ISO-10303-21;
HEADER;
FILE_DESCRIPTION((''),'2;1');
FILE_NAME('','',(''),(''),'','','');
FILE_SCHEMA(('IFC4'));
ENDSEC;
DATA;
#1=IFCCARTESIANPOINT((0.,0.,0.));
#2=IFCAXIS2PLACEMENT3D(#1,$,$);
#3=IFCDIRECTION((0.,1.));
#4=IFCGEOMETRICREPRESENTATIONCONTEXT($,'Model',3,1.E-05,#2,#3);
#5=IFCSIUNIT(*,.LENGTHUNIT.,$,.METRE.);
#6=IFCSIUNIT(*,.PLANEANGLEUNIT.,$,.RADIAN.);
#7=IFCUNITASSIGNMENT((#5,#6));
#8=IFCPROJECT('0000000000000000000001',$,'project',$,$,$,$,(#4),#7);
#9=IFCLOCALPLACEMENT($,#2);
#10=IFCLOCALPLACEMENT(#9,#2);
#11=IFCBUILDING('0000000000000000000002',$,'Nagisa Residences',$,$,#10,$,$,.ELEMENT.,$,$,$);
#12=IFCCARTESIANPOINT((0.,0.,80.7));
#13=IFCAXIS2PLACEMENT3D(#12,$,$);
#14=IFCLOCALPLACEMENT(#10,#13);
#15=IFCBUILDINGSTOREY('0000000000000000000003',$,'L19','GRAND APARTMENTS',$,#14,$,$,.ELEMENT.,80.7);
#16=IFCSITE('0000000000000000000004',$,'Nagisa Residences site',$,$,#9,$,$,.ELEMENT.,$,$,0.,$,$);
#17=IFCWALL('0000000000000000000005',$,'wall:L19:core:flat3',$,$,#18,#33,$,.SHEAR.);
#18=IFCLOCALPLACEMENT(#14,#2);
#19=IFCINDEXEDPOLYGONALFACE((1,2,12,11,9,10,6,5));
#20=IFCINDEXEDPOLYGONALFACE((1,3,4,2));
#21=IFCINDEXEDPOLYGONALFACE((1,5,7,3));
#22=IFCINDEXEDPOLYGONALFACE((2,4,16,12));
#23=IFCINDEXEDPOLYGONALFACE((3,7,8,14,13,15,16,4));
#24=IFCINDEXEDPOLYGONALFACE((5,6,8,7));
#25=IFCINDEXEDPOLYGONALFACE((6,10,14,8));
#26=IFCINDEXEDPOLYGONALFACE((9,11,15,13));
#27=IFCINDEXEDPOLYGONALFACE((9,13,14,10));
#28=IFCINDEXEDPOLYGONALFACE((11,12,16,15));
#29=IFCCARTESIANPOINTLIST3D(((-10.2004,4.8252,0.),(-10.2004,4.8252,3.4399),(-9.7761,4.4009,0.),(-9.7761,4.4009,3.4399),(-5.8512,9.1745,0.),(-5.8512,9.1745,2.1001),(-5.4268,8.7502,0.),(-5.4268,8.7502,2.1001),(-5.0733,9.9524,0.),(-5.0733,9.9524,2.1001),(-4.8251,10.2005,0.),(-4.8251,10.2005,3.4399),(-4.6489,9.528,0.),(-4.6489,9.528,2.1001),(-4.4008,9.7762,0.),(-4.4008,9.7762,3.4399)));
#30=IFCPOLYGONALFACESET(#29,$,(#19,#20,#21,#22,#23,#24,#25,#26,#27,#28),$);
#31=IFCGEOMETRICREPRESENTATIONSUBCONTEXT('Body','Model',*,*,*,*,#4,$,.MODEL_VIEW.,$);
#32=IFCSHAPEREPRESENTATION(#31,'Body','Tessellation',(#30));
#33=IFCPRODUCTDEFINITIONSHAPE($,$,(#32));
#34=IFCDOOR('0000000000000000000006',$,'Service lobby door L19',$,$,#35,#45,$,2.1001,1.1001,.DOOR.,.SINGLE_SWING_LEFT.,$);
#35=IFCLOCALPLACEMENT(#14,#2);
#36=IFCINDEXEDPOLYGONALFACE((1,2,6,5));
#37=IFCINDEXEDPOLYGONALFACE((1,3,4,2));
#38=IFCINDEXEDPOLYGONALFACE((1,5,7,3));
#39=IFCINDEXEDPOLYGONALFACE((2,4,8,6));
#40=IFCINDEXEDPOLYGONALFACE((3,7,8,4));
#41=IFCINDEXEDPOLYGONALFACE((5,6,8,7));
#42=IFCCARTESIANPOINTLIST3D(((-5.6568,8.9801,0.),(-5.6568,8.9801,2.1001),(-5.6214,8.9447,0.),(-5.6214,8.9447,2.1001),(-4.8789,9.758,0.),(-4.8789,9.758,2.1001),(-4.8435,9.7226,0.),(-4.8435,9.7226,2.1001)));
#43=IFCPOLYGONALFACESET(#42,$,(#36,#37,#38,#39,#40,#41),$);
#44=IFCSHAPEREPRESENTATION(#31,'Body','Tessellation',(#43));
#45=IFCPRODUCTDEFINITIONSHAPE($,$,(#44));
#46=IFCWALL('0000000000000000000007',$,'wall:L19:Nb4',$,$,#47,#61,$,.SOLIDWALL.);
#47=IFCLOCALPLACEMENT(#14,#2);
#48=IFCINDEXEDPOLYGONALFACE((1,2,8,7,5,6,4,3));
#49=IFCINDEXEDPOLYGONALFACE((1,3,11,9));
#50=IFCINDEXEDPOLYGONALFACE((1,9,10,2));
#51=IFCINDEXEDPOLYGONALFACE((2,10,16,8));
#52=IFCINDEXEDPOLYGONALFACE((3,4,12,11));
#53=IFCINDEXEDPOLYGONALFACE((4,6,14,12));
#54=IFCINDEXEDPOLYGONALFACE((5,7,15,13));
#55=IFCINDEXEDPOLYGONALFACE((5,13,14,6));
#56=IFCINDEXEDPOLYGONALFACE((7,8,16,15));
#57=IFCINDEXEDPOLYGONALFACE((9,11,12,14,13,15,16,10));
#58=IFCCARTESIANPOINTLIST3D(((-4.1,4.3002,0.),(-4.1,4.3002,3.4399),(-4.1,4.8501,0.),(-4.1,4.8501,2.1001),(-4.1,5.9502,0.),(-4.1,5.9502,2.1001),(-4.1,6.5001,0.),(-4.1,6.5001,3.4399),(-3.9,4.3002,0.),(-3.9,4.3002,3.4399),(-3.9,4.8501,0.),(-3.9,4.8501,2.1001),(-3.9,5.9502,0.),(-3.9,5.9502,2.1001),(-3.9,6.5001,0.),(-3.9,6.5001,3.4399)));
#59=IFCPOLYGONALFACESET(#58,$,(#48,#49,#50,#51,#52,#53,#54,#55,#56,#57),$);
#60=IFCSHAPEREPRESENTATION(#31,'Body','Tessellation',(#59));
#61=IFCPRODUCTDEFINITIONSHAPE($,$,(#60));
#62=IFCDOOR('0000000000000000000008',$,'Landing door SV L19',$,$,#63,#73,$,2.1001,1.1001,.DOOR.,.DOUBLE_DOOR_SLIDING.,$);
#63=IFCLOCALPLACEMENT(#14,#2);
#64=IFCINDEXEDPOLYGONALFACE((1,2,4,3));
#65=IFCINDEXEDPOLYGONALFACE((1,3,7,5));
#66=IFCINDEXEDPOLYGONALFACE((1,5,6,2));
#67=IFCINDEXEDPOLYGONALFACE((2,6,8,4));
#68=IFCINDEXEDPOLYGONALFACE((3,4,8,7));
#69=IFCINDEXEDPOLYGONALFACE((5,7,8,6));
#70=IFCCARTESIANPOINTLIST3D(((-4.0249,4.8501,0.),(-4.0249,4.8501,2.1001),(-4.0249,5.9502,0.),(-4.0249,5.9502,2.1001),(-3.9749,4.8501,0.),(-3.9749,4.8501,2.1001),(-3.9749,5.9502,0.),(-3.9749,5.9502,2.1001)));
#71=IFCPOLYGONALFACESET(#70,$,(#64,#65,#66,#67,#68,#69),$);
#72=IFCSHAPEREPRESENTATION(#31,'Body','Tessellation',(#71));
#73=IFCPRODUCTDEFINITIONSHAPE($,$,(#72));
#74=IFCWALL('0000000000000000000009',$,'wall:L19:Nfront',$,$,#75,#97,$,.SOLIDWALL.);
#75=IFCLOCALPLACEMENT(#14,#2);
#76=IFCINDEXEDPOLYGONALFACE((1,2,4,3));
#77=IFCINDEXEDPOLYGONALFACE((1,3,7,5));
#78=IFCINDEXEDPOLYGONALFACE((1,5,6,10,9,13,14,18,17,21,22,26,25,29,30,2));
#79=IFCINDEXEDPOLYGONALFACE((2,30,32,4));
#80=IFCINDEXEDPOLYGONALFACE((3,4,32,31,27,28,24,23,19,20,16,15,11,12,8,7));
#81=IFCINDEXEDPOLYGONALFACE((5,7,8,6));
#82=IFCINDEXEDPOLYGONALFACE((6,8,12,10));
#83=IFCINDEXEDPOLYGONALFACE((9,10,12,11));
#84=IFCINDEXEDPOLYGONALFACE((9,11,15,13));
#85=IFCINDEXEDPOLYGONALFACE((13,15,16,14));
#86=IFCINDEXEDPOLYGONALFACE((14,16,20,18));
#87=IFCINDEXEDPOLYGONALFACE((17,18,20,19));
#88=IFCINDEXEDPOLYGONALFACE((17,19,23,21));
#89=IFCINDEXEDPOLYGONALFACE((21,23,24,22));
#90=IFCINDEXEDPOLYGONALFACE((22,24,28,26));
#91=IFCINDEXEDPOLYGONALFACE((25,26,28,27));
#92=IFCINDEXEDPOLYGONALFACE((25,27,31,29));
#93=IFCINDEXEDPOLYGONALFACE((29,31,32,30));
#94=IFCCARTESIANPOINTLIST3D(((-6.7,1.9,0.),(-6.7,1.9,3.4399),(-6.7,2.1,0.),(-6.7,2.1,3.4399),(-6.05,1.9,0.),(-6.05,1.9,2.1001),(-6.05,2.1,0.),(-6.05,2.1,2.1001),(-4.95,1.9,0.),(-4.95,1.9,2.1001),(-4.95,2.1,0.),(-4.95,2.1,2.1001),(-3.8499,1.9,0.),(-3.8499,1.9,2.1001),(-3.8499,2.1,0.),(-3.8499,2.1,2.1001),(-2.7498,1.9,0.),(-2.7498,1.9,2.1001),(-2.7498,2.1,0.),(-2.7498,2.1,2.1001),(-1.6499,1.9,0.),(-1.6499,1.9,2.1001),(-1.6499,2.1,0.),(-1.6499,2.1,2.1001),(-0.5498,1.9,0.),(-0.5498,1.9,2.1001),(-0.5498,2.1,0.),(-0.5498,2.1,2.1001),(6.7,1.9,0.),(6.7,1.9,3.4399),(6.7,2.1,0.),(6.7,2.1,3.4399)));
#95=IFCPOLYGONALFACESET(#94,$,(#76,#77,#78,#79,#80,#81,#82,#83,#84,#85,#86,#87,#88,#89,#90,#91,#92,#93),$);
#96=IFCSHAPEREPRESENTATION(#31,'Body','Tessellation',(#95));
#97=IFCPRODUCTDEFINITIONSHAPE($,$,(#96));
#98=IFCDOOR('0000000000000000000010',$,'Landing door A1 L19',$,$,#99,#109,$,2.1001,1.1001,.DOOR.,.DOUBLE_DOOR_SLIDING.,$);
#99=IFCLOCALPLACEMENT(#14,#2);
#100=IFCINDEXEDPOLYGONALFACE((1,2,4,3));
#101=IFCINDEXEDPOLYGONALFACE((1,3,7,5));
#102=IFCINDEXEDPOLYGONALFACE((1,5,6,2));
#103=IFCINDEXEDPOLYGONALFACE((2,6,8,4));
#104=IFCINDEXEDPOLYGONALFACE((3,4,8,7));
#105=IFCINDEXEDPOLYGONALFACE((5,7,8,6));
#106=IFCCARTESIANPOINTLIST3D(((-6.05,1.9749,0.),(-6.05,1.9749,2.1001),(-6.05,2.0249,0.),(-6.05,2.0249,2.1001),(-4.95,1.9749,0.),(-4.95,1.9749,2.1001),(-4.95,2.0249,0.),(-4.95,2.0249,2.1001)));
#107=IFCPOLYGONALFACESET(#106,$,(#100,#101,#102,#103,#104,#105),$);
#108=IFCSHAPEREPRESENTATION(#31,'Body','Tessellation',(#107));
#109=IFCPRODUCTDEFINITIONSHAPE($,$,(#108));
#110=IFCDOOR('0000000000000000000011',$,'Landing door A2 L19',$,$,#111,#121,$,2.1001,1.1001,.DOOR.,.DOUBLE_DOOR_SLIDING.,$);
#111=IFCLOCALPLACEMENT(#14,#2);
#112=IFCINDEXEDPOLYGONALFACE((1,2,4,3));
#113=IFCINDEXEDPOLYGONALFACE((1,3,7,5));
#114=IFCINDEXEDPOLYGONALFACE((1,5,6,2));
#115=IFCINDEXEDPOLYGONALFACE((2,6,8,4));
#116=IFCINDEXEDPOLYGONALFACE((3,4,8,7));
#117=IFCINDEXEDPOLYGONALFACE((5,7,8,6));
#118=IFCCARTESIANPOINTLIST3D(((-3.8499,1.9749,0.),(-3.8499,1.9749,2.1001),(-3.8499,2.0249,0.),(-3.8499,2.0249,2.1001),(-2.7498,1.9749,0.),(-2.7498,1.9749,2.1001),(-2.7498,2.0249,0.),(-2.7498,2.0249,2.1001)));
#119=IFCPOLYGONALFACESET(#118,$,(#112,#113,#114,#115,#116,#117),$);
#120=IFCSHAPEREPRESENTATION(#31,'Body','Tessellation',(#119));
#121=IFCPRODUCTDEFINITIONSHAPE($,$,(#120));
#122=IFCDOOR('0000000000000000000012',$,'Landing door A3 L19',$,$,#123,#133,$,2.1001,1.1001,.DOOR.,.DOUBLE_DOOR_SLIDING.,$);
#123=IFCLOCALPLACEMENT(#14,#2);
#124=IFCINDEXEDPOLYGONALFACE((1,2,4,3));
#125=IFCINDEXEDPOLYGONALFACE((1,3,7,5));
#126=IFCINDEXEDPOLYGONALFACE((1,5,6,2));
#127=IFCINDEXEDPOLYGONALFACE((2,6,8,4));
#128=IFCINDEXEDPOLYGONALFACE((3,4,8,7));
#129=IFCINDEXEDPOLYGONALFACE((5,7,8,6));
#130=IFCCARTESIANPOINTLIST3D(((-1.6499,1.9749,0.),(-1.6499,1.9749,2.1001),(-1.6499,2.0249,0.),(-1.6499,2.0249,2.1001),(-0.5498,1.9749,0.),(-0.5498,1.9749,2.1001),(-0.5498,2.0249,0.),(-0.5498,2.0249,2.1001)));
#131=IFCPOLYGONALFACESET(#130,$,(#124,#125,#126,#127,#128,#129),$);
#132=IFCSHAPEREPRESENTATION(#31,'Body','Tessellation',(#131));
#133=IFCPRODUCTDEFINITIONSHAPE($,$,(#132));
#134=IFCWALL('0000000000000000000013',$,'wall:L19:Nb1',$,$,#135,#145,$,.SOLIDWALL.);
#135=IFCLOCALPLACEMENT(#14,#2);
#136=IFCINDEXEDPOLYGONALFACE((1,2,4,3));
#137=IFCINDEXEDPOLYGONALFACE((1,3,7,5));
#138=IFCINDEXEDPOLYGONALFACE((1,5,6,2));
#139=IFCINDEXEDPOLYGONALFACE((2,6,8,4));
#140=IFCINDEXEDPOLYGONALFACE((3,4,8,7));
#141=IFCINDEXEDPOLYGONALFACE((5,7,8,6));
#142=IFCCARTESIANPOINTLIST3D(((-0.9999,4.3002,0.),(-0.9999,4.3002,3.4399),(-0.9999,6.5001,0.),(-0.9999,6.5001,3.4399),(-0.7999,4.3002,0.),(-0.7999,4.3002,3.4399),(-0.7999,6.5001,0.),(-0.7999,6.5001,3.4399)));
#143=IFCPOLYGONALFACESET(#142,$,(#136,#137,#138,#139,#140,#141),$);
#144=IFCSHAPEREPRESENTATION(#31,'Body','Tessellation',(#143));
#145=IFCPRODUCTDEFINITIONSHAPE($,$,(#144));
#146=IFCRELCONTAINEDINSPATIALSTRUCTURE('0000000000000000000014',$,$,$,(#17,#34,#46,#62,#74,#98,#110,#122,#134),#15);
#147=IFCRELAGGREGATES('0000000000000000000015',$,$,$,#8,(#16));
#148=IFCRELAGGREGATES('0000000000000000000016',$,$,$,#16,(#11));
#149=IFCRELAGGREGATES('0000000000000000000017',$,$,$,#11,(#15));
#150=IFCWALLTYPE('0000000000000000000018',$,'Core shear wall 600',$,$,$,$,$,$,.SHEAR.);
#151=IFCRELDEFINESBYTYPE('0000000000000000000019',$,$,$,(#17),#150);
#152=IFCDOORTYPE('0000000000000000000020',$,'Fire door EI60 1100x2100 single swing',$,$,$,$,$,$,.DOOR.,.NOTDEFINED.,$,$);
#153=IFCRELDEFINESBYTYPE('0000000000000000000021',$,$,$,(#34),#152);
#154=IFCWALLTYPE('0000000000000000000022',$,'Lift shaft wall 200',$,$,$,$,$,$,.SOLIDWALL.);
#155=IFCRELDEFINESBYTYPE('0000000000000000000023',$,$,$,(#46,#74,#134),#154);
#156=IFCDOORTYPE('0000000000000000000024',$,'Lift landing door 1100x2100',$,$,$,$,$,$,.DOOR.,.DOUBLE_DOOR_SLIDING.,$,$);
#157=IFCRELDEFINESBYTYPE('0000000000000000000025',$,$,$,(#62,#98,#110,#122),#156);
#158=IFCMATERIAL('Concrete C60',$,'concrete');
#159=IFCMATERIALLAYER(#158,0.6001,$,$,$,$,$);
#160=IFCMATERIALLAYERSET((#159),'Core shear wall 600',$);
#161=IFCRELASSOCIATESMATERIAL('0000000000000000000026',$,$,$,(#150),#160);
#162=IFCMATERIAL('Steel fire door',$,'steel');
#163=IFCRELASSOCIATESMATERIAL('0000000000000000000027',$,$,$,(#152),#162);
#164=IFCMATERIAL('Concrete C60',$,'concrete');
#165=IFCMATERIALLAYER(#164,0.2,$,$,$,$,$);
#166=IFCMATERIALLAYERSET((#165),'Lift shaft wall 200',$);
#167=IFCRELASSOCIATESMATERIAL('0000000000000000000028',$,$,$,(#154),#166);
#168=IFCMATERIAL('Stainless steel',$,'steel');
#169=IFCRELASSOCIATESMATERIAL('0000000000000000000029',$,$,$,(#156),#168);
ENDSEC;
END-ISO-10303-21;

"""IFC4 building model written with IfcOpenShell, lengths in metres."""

from ifc_helpers import new_model, si_unit, direction, frame, frame_2d, origin, place, context, subcontext, project, spatial, rectangle, extrude, material, layer, layer_set, type_object, element, fill, save


model = new_model("IFC4")

# Units and contexts
model_context = context("Model", 3, precision=1e-05, world=origin(), true_north=direction((0.0, 1.0)))
body_context = subcontext(model_context, "Body", "Model", "MODEL_VIEW")
ifc_project = project(units=[si_unit("LENGTHUNIT", "METRE"), si_unit("PLANEANGLEUNIT", "RADIAN")], contexts=[model_context])

# Site, building, storey
site_placement = place(None, origin())
site = spatial("IfcSite", under=ifc_project, at=site_placement, Name="Nagisa Residences site", CompositionType="ELEMENT", RefElevation=0.0)
building_placement = place(site_placement, origin())
building = spatial("IfcBuilding", under=site, at=building_placement, Name="Nagisa Residences", CompositionType="ELEMENT")
storey_placement = place(building_placement, frame((0.0, 0.0, 80.7)))
storey = spatial("IfcBuildingStorey", under=building, at=storey_placement, Name="L19", Description="GRAND APARTMENTS", CompositionType="ELEMENT", Elevation=80.7)

# Walls, openings, doors
ifc_material_1 = material(Name="Concrete C60", Category="concrete")
ifc_layer_1 = layer(ifc_material_1, 0.6001)
ifc_layer_set_1 = layer_set([ifc_layer_1], Name="Core shear wall 600")
wall_type_1 = type_object("IfcWallType", Name="Core shear wall 600", PredefinedType="SHEAR", material=ifc_layer_set_1)
wall_1_placement = place(storey_placement, frame((-4.613, 9.9883, 0.0), z_axis=(0.0, 0.0, 1.0), x_axis=(-0.707107, -0.707107, 0.0)))
wall_1 = element("IfcWall", 1, at=wall_1_placement, inside=storey, type_object=wall_type_1, Name="wall:L19:core:flat3", PredefinedType="SHEAR", context=body_context, shape_type="SweptSolid", body=[
    extrude(rectangle(XDim=7.6018, YDim=0.6001, at=frame_2d((3.8008, 0.0))), origin(), (0.0, 0.0, 1.0), 3.4399),
])
opening_1_placement = place(wall_1_placement, frame((0.3508, 0.0, 0.0)))
opening_1 = element("IfcOpeningElement", 2, at=opening_1_placement, cuts=wall_1, PredefinedType="OPENING", context=body_context, shape_type="SweptSolid", body=[
    extrude(rectangle(XDim=1.1001, YDim=2.1001, at=frame_2d((0.55, 1.05))), frame((0.0, 0.3101, 0.0), z_axis=(0.0, -1.0, 0.0), x_axis=(1.0, 0.0, 0.0)), (0.0, 0.0, 1.0), 0.6201),
])
ifc_material_2 = material(Name="Steel fire door", Category="steel")
door_type_1 = type_object("IfcDoorType", Name="Fire door EI60 1100x2100 single swing", OperationType="NOTDEFINED", PredefinedType="DOOR", material=ifc_material_2)
door_1_placement = place(opening_1_placement, origin())
door_1 = element("IfcDoor", 3, at=door_1_placement, inside=storey, type_object=door_type_1, Name="Service lobby door L19", OperationType="SINGLE_SWING_LEFT", OverallHeight=2.1001, OverallWidth=1.1001, PredefinedType="DOOR", context=body_context, shape_type="SweptSolid", body=[
    extrude(rectangle(XDim=1.1001, YDim=2.1001, at=frame_2d((0.55, 1.05))), frame((0.0, 0.0249, 0.0), z_axis=(0.0, -1.0, 0.0), x_axis=(1.0, 0.0, 0.0)), (0.0, 0.0, 1.0), 0.05),
])
fill(opening_1, door_1)
ifc_material_3 = material(Name="Concrete C60", Category="concrete")
ifc_layer_2 = layer(ifc_material_3, 0.2)
ifc_layer_set_2 = layer_set([ifc_layer_2], Name="Lift shaft wall 200")
wall_type_2 = type_object("IfcWallType", Name="Lift shaft wall 200", PredefinedType="SOLIDWALL", material=ifc_layer_set_2)
wall_2_placement = place(storey_placement, frame((-4.0, 4.3, 0.0), z_axis=(0.0, 0.0, 1.0), x_axis=(0.0, 1.0, 0.0)))
wall_2 = element("IfcWall", 4, at=wall_2_placement, inside=storey, type_object=wall_type_2, Name="wall:L19:Nb4", PredefinedType="SOLIDWALL", context=body_context, shape_type="SweptSolid", body=[
    extrude(rectangle(XDim=2.2, YDim=0.2, at=frame_2d((1.1001, 0.0))), origin(), (0.0, 0.0, 1.0), 3.4399),
])
opening_2_placement = place(wall_2_placement, frame((0.55, 0.0, 0.0)))
opening_2 = element("IfcOpeningElement", 5, at=opening_2_placement, cuts=wall_2, PredefinedType="OPENING", context=body_context, shape_type="SweptSolid", body=[
    extrude(rectangle(XDim=1.1001, YDim=2.1001, at=frame_2d((0.55, 1.05))), frame((0.0, 0.1099, 0.0), z_axis=(0.0, -1.0, 0.0), x_axis=(1.0, 0.0, 0.0)), (0.0, 0.0, 1.0), 0.22),
])
ifc_material_4 = material(Name="Stainless steel", Category="steel")
door_type_2 = type_object("IfcDoorType", Name="Lift landing door 1100x2100", OperationType="DOUBLE_DOOR_SLIDING", PredefinedType="DOOR", material=ifc_material_4)
door_2_placement = place(opening_2_placement, origin())
door_2 = element("IfcDoor", 6, at=door_2_placement, inside=storey, type_object=door_type_2, Name="Landing door SV L19", OperationType="DOUBLE_DOOR_SLIDING", OverallHeight=2.1001, OverallWidth=1.1001, PredefinedType="DOOR", context=body_context, shape_type="SweptSolid", body=[
    extrude(rectangle(XDim=1.1001, YDim=2.1001, at=frame_2d((0.55, 1.05))), frame((0.0, 0.0249, 0.0), z_axis=(0.0, -1.0, 0.0), x_axis=(1.0, 0.0, 0.0)), (0.0, 0.0, 1.0), 0.05),
])
fill(opening_2, door_2)

# Wall, openings, doors
wall_3_placement = place(storey_placement, frame((-6.7, 2.0, 0.0), z_axis=(0.0, 0.0, 1.0), x_axis=(1.0, 0.0, 0.0)))
wall_3 = element("IfcWall", 7, at=wall_3_placement, inside=storey, type_object=wall_type_2, Name="wall:L19:Nfront", PredefinedType="SOLIDWALL", context=body_context, shape_type="SweptSolid", body=[
    extrude(rectangle(XDim=13.3999, YDim=0.2, at=frame_2d((6.7, 0.0))), origin(), (0.0, 0.0, 1.0), 3.4399),
])
opening_3_placement = place(wall_3_placement, frame((0.6499, 0.0, 0.0)))
opening_3 = element("IfcOpeningElement", 8, at=opening_3_placement, cuts=wall_3, PredefinedType="OPENING", context=body_context, shape_type="SweptSolid", body=[
    extrude(rectangle(XDim=1.1001, YDim=2.1001, at=frame_2d((0.55, 1.05))), frame((0.0, 0.1099, 0.0), z_axis=(0.0, -1.0, 0.0), x_axis=(1.0, 0.0, 0.0)), (0.0, 0.0, 1.0), 0.22),
])
opening_4_placement = place(wall_3_placement, frame((2.8501, 0.0, 0.0)))
opening_4 = element("IfcOpeningElement", 9, at=opening_4_placement, cuts=wall_3, PredefinedType="OPENING", context=body_context, shape_type="SweptSolid", body=[
    extrude(rectangle(XDim=1.1001, YDim=2.1001, at=frame_2d((0.55, 1.05))), frame((0.0, 0.1099, 0.0), z_axis=(0.0, -1.0, 0.0), x_axis=(1.0, 0.0, 0.0)), (0.0, 0.0, 1.0), 0.22),
])
opening_5_placement = place(wall_3_placement, frame((5.05, 0.0, 0.0)))
opening_5 = element("IfcOpeningElement", 10, at=opening_5_placement, cuts=wall_3, PredefinedType="OPENING", context=body_context, shape_type="SweptSolid", body=[
    extrude(rectangle(XDim=1.1001, YDim=2.1001, at=frame_2d((0.55, 1.05))), frame((0.0, 0.1099, 0.0), z_axis=(0.0, -1.0, 0.0), x_axis=(1.0, 0.0, 0.0)), (0.0, 0.0, 1.0), 0.22),
])
door_3_placement = place(opening_3_placement, origin())
door_3 = element("IfcDoor", 11, at=door_3_placement, inside=storey, type_object=door_type_2, Name="Landing door A1 L19", OperationType="DOUBLE_DOOR_SLIDING", OverallHeight=2.1001, OverallWidth=1.1001, PredefinedType="DOOR", context=body_context, shape_type="SweptSolid", body=[
    extrude(rectangle(XDim=1.1001, YDim=2.1001, at=frame_2d((0.55, 1.05))), frame((0.0, 0.0249, 0.0), z_axis=(0.0, -1.0, 0.0), x_axis=(1.0, 0.0, 0.0)), (0.0, 0.0, 1.0), 0.05),
])
fill(opening_3, door_3)
door_4_placement = place(opening_4_placement, origin())
door_4 = element("IfcDoor", 12, at=door_4_placement, inside=storey, type_object=door_type_2, Name="Landing door A2 L19", OperationType="DOUBLE_DOOR_SLIDING", OverallHeight=2.1001, OverallWidth=1.1001, PredefinedType="DOOR", context=body_context, shape_type="SweptSolid", body=[
    extrude(rectangle(XDim=1.1001, YDim=2.1001, at=frame_2d((0.55, 1.05))), frame((0.0, 0.0249, 0.0), z_axis=(0.0, -1.0, 0.0), x_axis=(1.0, 0.0, 0.0)), (0.0, 0.0, 1.0), 0.05),
])
fill(opening_4, door_4)
door_5_placement = place(opening_5_placement, origin())
door_5 = element("IfcDoor", 13, at=door_5_placement, inside=storey, type_object=door_type_2, Name="Landing door A3 L19", OperationType="DOUBLE_DOOR_SLIDING", OverallHeight=2.1001, OverallWidth=1.1001, PredefinedType="DOOR", context=body_context, shape_type="SweptSolid", body=[
    extrude(rectangle(XDim=1.1001, YDim=2.1001, at=frame_2d((0.55, 1.05))), frame((0.0, 0.0249, 0.0), z_axis=(0.0, -1.0, 0.0), x_axis=(1.0, 0.0, 0.0)), (0.0, 0.0, 1.0), 0.05),
])
fill(opening_5, door_5)

# Wall
wall_4_placement = place(storey_placement, frame((-0.8999, 4.3, 0.0), z_axis=(0.0, 0.0, 1.0), x_axis=(0.0, 1.0, 0.0)))
element("IfcWall", 14, at=wall_4_placement, inside=storey, type_object=wall_type_2, Name="wall:L19:Nb1", PredefinedType="SOLIDWALL", context=body_context, shape_type="SweptSolid", body=[
    extrude(rectangle(XDim=2.2, YDim=0.2, at=frame_2d((1.1001, 0.0))), origin(), (0.0, 0.0, 1.0), 3.4399),
])

save(model, "model.ifc")
